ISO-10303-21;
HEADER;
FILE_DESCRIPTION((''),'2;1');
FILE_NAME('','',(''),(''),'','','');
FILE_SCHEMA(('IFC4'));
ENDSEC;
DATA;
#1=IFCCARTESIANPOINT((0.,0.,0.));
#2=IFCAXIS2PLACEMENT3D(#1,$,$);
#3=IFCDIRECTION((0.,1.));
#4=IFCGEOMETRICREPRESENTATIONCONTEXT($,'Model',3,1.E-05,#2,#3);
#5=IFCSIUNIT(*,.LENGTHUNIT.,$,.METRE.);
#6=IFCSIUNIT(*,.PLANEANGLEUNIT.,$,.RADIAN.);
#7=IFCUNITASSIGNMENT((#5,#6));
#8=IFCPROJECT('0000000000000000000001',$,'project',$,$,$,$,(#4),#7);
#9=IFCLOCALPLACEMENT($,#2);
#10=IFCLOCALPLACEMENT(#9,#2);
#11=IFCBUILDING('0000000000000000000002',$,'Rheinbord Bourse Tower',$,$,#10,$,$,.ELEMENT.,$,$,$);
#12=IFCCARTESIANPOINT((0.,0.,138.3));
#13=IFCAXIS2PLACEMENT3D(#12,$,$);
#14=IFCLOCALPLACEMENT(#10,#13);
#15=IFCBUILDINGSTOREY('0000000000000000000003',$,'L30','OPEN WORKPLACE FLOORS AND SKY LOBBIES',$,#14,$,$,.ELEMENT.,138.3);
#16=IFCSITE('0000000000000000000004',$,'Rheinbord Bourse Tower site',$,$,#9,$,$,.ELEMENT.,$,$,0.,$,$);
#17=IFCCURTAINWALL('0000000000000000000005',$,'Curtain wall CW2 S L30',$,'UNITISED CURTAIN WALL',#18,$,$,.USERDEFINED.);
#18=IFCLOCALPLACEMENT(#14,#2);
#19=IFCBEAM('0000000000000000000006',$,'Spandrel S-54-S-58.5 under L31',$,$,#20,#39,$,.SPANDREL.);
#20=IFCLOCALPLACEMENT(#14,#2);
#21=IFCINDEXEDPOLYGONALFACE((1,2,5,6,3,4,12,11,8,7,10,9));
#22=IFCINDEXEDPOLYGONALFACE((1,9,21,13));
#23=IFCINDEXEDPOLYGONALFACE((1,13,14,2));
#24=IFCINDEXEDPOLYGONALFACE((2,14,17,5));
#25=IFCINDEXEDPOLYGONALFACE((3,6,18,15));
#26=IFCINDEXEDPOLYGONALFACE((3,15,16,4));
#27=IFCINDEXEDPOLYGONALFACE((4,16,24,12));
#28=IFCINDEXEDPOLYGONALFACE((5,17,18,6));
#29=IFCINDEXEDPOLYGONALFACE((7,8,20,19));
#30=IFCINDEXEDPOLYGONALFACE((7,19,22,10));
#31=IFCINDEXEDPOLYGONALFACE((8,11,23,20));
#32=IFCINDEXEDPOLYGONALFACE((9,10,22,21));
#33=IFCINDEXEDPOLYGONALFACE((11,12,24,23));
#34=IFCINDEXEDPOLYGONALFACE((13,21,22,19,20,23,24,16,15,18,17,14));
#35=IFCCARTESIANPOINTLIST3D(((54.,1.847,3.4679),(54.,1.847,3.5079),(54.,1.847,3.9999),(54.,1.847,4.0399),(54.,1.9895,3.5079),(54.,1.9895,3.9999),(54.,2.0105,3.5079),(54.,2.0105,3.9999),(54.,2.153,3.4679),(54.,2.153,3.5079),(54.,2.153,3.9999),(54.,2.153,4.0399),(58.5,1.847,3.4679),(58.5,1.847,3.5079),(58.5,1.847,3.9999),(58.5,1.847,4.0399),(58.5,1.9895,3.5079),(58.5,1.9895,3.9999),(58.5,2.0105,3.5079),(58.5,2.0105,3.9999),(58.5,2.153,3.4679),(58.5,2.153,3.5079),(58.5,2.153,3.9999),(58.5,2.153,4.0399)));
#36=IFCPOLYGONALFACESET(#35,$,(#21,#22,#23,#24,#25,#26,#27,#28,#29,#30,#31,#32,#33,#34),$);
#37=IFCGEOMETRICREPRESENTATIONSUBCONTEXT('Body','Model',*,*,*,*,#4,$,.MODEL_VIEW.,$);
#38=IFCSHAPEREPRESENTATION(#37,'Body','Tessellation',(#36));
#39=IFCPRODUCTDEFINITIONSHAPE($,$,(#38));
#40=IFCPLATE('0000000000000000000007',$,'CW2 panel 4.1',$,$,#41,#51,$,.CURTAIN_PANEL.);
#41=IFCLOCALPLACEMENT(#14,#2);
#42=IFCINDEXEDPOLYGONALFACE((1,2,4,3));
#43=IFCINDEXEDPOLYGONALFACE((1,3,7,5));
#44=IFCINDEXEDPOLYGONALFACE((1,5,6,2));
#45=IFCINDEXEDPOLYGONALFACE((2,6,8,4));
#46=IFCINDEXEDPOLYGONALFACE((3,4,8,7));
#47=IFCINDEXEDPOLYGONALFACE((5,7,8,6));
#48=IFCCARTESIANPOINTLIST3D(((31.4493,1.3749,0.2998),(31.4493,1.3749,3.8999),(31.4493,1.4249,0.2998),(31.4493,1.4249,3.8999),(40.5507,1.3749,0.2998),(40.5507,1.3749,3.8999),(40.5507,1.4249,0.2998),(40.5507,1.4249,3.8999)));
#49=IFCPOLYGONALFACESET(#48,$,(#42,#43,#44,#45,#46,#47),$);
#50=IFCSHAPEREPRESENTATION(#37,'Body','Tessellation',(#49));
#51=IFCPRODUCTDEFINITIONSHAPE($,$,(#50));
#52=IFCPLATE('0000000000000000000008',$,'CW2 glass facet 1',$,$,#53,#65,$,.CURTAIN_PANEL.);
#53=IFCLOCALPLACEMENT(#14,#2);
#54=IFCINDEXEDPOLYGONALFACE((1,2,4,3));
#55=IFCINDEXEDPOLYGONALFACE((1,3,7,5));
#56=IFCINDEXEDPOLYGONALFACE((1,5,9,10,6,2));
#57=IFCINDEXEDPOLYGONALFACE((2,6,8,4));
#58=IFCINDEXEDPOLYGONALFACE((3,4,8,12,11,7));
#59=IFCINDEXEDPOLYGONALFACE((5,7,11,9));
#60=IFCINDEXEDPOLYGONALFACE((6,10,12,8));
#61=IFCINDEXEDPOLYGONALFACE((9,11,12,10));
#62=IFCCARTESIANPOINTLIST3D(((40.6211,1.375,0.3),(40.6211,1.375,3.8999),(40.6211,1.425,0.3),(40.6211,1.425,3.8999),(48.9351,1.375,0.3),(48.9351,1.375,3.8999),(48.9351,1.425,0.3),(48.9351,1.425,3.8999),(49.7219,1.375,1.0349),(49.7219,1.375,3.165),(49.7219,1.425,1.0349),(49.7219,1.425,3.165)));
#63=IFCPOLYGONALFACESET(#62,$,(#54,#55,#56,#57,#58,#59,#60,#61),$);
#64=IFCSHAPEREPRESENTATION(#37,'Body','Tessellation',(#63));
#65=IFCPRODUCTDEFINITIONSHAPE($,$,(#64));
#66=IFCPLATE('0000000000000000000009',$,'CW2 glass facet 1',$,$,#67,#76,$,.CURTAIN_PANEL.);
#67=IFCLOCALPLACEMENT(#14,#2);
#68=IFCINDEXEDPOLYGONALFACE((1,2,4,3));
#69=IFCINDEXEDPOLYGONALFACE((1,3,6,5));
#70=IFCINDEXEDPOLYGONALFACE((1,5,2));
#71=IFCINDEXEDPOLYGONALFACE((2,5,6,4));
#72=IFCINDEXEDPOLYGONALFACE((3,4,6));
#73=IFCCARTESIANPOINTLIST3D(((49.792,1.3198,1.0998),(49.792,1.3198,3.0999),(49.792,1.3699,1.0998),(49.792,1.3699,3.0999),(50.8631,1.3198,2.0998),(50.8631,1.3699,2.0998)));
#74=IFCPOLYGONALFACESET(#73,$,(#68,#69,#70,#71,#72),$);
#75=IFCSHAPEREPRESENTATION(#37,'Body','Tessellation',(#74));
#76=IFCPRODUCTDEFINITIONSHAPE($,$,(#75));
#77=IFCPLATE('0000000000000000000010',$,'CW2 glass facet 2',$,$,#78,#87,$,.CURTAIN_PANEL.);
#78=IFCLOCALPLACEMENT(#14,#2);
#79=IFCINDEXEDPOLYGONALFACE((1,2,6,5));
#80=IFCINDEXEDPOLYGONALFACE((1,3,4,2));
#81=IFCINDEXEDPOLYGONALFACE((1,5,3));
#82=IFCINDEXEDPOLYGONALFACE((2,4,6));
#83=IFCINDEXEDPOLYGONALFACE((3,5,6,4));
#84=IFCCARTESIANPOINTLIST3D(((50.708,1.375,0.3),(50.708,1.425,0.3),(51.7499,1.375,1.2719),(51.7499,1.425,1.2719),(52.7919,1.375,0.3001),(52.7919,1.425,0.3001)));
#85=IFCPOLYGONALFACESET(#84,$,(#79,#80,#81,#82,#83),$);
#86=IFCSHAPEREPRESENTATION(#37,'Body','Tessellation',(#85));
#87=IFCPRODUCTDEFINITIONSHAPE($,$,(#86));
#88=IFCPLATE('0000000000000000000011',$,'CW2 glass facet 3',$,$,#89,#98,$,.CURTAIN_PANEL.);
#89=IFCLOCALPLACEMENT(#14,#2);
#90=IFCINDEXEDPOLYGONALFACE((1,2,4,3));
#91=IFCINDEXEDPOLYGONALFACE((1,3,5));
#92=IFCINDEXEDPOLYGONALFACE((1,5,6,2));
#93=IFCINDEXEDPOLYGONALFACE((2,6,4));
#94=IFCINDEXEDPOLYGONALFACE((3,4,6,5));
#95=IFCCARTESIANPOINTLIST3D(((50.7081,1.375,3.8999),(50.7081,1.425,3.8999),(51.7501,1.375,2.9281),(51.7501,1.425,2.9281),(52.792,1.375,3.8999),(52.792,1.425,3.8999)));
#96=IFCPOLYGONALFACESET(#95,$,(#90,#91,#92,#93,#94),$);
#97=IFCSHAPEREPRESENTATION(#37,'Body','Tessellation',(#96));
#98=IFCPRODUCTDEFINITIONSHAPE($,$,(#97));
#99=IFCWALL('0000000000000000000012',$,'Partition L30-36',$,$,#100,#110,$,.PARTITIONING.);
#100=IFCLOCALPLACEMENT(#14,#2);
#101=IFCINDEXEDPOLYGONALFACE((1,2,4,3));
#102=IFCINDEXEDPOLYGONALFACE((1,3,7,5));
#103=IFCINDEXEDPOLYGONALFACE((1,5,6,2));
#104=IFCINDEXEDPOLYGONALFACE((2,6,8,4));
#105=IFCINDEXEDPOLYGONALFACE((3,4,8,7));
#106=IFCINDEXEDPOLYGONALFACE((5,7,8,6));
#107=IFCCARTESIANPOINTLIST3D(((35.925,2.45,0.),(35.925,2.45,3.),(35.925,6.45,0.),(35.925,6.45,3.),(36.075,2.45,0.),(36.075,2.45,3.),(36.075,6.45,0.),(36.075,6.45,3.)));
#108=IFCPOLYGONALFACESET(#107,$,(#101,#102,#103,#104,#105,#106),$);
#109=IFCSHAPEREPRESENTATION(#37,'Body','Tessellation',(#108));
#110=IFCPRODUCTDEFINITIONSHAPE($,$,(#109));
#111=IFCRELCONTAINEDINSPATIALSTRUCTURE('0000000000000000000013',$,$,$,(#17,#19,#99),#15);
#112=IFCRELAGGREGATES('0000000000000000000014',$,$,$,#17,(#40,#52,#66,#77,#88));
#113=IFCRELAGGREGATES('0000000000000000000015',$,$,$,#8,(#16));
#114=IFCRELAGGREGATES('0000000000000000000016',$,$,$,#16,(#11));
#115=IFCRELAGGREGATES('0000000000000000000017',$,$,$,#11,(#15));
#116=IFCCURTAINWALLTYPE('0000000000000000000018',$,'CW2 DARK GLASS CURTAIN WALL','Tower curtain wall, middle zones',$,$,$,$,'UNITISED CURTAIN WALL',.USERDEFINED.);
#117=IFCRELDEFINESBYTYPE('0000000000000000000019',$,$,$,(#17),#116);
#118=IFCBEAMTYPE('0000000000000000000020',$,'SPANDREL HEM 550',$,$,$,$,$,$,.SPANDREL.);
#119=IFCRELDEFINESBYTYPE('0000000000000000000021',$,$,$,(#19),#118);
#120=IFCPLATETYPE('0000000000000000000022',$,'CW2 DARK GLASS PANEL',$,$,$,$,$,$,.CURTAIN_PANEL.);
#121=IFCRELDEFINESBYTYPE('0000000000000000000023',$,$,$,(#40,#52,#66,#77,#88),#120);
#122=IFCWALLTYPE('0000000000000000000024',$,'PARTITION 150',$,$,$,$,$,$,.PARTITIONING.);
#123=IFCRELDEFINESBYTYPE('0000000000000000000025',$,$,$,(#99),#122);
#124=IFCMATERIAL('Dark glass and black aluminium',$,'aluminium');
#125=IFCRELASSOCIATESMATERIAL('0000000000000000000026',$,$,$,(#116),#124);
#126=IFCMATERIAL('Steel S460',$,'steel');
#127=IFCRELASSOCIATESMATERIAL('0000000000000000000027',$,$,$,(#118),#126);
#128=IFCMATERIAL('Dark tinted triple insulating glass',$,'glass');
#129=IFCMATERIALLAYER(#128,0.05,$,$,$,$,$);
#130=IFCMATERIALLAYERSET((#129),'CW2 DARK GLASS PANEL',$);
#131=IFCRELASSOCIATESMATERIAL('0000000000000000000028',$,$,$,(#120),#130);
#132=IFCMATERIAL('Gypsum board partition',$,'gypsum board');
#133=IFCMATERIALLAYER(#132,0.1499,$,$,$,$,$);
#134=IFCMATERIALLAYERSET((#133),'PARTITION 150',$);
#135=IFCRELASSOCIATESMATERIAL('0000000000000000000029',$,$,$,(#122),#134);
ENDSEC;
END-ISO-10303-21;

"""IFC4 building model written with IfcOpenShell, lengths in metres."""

from ifc_helpers import new_model, si_unit, direction, frame, frame_2d, origin, origin_2d, place, context, subcontext, project, spatial, polyline, rectangle, i_section, outline, extrude, material, layer, layer_set, material_profile, profile_set, type_object, element, aggregate, save


model = new_model("IFC4")

# Units and contexts
model_context = context("Model", 3, precision=1e-05, world=origin(), true_north=direction((0.0, 1.0)))
body_context = subcontext(model_context, "Body", "Model", "MODEL_VIEW")
ifc_project = project(units=[si_unit("LENGTHUNIT", "METRE"), si_unit("PLANEANGLEUNIT", "RADIAN")], contexts=[model_context])

# Site, building, storey
site_placement = place(None, origin())
site = spatial("IfcSite", under=ifc_project, at=site_placement, Name="Rheinbord Bourse Tower site", CompositionType="ELEMENT", RefElevation=0.0)
building_placement = place(site_placement, origin())
building = spatial("IfcBuilding", under=site, at=building_placement, Name="Rheinbord Bourse Tower", CompositionType="ELEMENT")
storey_placement = place(building_placement, frame((0.0, 0.0, 138.3)))
storey = spatial("IfcBuildingStorey", under=building, at=storey_placement, Name="L30", Description="OPEN WORKPLACE FLOORS AND SKY LOBBIES", CompositionType="ELEMENT", Elevation=138.3)

# Curtain wall
ifc_material_1 = material(Name="Dark glass and black aluminium", Category="aluminium")
curtain_wall_type = type_object("IfcCurtainWallType", Name="CW2 DARK GLASS CURTAIN WALL", Description="Tower curtain wall, middle zones", ElementType="UNITISED CURTAIN WALL", PredefinedType="USERDEFINED", material=ifc_material_1)
curtain_wall_placement = place(storey_placement, origin())
curtain_wall = element("IfcCurtainWall", 1, at=curtain_wall_placement, inside=storey, type_object=curtain_wall_type, Name="Curtain wall CW2 S L30", ObjectType="UNITISED CURTAIN WALL", PredefinedType="USERDEFINED")

# Beam
ifc_material_2 = material(Name="Steel S460", Category="steel")
ifc_material_profile_1 = material_profile(ifc_material_2, i_section(OverallWidth=0.3059, OverallDepth=0.572, WebThickness=0.021, FlangeThickness=0.04, at=origin_2d()), Name="HEM 550")
ifc_profile_set_1 = profile_set([ifc_material_profile_1], Name="Steel S460")
beam_type_1 = type_object("IfcBeamType", Name="SPANDREL HEM 550", PredefinedType="SPANDREL", material=ifc_profile_set_1)
for number, where, z_axis, x_axis, name in (
    (2, (54.0, 2.0, 3.7539), (1.0, 0.0, 0.0), (0.0, 1.0, 0.0), "Spandrel S-54-S-58.5 under L31"),
):
    element("IfcBeam", number, at=place(storey_placement, frame(where, z_axis=z_axis, x_axis=x_axis)), inside=storey, type_object=beam_type_1, Name=name, PredefinedType="SPANDREL", context=body_context, shape_type="SweptSolid", body=[
        extrude(i_section(OverallWidth=0.3059, OverallDepth=0.572, WebThickness=0.021, FlangeThickness=0.04, at=origin_2d()), origin(), (0.0, 0.0, 1.0), 4.5),
    ])

# Plates
ifc_material_3 = material(Name="Dark tinted triple insulating glass", Category="glass")
ifc_layer_1 = layer(ifc_material_3, 0.05)
ifc_layer_set_1 = layer_set([ifc_layer_1], Name="CW2 DARK GLASS PANEL")
plate_type = type_object("IfcPlateType", Name="CW2 DARK GLASS PANEL", PredefinedType="CURTAIN_PANEL", material=ifc_layer_set_1)
plate_1_placement = place(storey_placement, frame((36.0, 1.3999, 0.2998), z_axis=(0.0, 0.0, 1.0), x_axis=(1.0, 0.0, 0.0)))
plate_1 = element("IfcPlate", 3, at=plate_1_placement, type_object=plate_type, Name="CW2 panel 4.1", PredefinedType="CURTAIN_PANEL", context=body_context, shape_type="SweptSolid", body=[
    extrude(rectangle(XDim=9.1013, YDim=0.05, at=origin_2d()), origin(), (0.0, 0.0, 1.0), 3.6001),
])
plate_2_placement = place(storey_placement, frame((40.6211, 1.375, 0.3), z_axis=(0.0, 1.0, 0.0), x_axis=(0.0, 0.0, 1.0)))
plate_2 = element("IfcPlate", 4, at=plate_2_placement, type_object=plate_type, Name="CW2 glass facet 1", PredefinedType="CURTAIN_PANEL", context=body_context, shape_type="SweptSolid", body=[
    extrude(outline(polyline([(0.0, 0.0), (3.5999, 0.0), (3.5999, 8.314), (2.865, 9.1008), (0.7349, 9.1008), (0.0, 8.314), (0.0, 0.0)])), origin(), (0.0, 0.0, 1.0), 0.05),
])
plate_3_placement = place(storey_placement, frame((49.792, 1.3198, 3.0999), z_axis=(0.0, 1.0, 0.0), x_axis=(0.730933, 0.0, -0.682449)))
plate_3 = element("IfcPlate", 5, at=plate_3_placement, type_object=plate_type, Name="CW2 glass facet 1", PredefinedType="CURTAIN_PANEL", context=body_context, shape_type="SweptSolid", body=[
    extrude(outline(polyline([(0.0, 0.0), (1.4653, 0.0), (1.365, 1.4619), (0.0, 0.0)])), origin(), (0.0, 0.0, 1.0), 0.05),
])
plate_4_placement = place(storey_placement, frame((50.708, 1.375, 0.3), z_axis=(0.0, 1.0, 0.0), x_axis=(0.731266, 0.0, 0.682092)))
plate_4 = element("IfcPlate", 6, at=plate_4_placement, type_object=plate_type, Name="CW2 glass facet 2", PredefinedType="CURTAIN_PANEL", context=body_context, shape_type="SweptSolid", body=[
    extrude(outline(polyline([(0.0, 0.0), (1.4248, 0.0), (1.5239, 1.4214), (0.0, 0.0)])), origin(), (0.0, 0.0, 1.0), 0.05),
])
plate_5_placement = place(storey_placement, frame((52.792, 1.375, 3.8999), z_axis=(0.0, 1.0, 0.0), x_axis=(-0.731266, 0.0, -0.682092)))
plate_5 = element("IfcPlate", 7, at=plate_5_placement, type_object=plate_type, Name="CW2 glass facet 3", PredefinedType="CURTAIN_PANEL", context=body_context, shape_type="SweptSolid", body=[
    extrude(outline(polyline([(0.0, 0.0), (1.4248, 0.0), (1.5239, 1.4214), (0.0, 0.0)])), origin(), (0.0, 0.0, 1.0), 0.05),
])
aggregate(curtain_wall, [plate_1, plate_2, plate_3, plate_4, plate_5])

# Wall
ifc_material_4 = material(Name="Gypsum board partition", Category="gypsum board")
ifc_layer_2 = layer(ifc_material_4, 0.1499)
ifc_layer_set_2 = layer_set([ifc_layer_2], Name="PARTITION 150")
wall_type = type_object("IfcWallType", Name="PARTITION 150", PredefinedType="PARTITIONING", material=ifc_layer_set_2)
wall_placement = place(storey_placement, frame((36.0, 2.45, 0.0), z_axis=(0.0, 0.0, 1.0), x_axis=(0.0, 1.0, 0.0)))
element("IfcWall", 8, at=wall_placement, inside=storey, type_object=wall_type, Name="Partition L30-36", PredefinedType="PARTITIONING", context=body_context, shape_type="SweptSolid", body=[
    extrude(rectangle(XDim=4.0, YDim=0.1499, at=frame_2d((2.0, 0.0))), origin(), (0.0, 0.0, 1.0), 3.0),
])

save(model, "model.ifc")
